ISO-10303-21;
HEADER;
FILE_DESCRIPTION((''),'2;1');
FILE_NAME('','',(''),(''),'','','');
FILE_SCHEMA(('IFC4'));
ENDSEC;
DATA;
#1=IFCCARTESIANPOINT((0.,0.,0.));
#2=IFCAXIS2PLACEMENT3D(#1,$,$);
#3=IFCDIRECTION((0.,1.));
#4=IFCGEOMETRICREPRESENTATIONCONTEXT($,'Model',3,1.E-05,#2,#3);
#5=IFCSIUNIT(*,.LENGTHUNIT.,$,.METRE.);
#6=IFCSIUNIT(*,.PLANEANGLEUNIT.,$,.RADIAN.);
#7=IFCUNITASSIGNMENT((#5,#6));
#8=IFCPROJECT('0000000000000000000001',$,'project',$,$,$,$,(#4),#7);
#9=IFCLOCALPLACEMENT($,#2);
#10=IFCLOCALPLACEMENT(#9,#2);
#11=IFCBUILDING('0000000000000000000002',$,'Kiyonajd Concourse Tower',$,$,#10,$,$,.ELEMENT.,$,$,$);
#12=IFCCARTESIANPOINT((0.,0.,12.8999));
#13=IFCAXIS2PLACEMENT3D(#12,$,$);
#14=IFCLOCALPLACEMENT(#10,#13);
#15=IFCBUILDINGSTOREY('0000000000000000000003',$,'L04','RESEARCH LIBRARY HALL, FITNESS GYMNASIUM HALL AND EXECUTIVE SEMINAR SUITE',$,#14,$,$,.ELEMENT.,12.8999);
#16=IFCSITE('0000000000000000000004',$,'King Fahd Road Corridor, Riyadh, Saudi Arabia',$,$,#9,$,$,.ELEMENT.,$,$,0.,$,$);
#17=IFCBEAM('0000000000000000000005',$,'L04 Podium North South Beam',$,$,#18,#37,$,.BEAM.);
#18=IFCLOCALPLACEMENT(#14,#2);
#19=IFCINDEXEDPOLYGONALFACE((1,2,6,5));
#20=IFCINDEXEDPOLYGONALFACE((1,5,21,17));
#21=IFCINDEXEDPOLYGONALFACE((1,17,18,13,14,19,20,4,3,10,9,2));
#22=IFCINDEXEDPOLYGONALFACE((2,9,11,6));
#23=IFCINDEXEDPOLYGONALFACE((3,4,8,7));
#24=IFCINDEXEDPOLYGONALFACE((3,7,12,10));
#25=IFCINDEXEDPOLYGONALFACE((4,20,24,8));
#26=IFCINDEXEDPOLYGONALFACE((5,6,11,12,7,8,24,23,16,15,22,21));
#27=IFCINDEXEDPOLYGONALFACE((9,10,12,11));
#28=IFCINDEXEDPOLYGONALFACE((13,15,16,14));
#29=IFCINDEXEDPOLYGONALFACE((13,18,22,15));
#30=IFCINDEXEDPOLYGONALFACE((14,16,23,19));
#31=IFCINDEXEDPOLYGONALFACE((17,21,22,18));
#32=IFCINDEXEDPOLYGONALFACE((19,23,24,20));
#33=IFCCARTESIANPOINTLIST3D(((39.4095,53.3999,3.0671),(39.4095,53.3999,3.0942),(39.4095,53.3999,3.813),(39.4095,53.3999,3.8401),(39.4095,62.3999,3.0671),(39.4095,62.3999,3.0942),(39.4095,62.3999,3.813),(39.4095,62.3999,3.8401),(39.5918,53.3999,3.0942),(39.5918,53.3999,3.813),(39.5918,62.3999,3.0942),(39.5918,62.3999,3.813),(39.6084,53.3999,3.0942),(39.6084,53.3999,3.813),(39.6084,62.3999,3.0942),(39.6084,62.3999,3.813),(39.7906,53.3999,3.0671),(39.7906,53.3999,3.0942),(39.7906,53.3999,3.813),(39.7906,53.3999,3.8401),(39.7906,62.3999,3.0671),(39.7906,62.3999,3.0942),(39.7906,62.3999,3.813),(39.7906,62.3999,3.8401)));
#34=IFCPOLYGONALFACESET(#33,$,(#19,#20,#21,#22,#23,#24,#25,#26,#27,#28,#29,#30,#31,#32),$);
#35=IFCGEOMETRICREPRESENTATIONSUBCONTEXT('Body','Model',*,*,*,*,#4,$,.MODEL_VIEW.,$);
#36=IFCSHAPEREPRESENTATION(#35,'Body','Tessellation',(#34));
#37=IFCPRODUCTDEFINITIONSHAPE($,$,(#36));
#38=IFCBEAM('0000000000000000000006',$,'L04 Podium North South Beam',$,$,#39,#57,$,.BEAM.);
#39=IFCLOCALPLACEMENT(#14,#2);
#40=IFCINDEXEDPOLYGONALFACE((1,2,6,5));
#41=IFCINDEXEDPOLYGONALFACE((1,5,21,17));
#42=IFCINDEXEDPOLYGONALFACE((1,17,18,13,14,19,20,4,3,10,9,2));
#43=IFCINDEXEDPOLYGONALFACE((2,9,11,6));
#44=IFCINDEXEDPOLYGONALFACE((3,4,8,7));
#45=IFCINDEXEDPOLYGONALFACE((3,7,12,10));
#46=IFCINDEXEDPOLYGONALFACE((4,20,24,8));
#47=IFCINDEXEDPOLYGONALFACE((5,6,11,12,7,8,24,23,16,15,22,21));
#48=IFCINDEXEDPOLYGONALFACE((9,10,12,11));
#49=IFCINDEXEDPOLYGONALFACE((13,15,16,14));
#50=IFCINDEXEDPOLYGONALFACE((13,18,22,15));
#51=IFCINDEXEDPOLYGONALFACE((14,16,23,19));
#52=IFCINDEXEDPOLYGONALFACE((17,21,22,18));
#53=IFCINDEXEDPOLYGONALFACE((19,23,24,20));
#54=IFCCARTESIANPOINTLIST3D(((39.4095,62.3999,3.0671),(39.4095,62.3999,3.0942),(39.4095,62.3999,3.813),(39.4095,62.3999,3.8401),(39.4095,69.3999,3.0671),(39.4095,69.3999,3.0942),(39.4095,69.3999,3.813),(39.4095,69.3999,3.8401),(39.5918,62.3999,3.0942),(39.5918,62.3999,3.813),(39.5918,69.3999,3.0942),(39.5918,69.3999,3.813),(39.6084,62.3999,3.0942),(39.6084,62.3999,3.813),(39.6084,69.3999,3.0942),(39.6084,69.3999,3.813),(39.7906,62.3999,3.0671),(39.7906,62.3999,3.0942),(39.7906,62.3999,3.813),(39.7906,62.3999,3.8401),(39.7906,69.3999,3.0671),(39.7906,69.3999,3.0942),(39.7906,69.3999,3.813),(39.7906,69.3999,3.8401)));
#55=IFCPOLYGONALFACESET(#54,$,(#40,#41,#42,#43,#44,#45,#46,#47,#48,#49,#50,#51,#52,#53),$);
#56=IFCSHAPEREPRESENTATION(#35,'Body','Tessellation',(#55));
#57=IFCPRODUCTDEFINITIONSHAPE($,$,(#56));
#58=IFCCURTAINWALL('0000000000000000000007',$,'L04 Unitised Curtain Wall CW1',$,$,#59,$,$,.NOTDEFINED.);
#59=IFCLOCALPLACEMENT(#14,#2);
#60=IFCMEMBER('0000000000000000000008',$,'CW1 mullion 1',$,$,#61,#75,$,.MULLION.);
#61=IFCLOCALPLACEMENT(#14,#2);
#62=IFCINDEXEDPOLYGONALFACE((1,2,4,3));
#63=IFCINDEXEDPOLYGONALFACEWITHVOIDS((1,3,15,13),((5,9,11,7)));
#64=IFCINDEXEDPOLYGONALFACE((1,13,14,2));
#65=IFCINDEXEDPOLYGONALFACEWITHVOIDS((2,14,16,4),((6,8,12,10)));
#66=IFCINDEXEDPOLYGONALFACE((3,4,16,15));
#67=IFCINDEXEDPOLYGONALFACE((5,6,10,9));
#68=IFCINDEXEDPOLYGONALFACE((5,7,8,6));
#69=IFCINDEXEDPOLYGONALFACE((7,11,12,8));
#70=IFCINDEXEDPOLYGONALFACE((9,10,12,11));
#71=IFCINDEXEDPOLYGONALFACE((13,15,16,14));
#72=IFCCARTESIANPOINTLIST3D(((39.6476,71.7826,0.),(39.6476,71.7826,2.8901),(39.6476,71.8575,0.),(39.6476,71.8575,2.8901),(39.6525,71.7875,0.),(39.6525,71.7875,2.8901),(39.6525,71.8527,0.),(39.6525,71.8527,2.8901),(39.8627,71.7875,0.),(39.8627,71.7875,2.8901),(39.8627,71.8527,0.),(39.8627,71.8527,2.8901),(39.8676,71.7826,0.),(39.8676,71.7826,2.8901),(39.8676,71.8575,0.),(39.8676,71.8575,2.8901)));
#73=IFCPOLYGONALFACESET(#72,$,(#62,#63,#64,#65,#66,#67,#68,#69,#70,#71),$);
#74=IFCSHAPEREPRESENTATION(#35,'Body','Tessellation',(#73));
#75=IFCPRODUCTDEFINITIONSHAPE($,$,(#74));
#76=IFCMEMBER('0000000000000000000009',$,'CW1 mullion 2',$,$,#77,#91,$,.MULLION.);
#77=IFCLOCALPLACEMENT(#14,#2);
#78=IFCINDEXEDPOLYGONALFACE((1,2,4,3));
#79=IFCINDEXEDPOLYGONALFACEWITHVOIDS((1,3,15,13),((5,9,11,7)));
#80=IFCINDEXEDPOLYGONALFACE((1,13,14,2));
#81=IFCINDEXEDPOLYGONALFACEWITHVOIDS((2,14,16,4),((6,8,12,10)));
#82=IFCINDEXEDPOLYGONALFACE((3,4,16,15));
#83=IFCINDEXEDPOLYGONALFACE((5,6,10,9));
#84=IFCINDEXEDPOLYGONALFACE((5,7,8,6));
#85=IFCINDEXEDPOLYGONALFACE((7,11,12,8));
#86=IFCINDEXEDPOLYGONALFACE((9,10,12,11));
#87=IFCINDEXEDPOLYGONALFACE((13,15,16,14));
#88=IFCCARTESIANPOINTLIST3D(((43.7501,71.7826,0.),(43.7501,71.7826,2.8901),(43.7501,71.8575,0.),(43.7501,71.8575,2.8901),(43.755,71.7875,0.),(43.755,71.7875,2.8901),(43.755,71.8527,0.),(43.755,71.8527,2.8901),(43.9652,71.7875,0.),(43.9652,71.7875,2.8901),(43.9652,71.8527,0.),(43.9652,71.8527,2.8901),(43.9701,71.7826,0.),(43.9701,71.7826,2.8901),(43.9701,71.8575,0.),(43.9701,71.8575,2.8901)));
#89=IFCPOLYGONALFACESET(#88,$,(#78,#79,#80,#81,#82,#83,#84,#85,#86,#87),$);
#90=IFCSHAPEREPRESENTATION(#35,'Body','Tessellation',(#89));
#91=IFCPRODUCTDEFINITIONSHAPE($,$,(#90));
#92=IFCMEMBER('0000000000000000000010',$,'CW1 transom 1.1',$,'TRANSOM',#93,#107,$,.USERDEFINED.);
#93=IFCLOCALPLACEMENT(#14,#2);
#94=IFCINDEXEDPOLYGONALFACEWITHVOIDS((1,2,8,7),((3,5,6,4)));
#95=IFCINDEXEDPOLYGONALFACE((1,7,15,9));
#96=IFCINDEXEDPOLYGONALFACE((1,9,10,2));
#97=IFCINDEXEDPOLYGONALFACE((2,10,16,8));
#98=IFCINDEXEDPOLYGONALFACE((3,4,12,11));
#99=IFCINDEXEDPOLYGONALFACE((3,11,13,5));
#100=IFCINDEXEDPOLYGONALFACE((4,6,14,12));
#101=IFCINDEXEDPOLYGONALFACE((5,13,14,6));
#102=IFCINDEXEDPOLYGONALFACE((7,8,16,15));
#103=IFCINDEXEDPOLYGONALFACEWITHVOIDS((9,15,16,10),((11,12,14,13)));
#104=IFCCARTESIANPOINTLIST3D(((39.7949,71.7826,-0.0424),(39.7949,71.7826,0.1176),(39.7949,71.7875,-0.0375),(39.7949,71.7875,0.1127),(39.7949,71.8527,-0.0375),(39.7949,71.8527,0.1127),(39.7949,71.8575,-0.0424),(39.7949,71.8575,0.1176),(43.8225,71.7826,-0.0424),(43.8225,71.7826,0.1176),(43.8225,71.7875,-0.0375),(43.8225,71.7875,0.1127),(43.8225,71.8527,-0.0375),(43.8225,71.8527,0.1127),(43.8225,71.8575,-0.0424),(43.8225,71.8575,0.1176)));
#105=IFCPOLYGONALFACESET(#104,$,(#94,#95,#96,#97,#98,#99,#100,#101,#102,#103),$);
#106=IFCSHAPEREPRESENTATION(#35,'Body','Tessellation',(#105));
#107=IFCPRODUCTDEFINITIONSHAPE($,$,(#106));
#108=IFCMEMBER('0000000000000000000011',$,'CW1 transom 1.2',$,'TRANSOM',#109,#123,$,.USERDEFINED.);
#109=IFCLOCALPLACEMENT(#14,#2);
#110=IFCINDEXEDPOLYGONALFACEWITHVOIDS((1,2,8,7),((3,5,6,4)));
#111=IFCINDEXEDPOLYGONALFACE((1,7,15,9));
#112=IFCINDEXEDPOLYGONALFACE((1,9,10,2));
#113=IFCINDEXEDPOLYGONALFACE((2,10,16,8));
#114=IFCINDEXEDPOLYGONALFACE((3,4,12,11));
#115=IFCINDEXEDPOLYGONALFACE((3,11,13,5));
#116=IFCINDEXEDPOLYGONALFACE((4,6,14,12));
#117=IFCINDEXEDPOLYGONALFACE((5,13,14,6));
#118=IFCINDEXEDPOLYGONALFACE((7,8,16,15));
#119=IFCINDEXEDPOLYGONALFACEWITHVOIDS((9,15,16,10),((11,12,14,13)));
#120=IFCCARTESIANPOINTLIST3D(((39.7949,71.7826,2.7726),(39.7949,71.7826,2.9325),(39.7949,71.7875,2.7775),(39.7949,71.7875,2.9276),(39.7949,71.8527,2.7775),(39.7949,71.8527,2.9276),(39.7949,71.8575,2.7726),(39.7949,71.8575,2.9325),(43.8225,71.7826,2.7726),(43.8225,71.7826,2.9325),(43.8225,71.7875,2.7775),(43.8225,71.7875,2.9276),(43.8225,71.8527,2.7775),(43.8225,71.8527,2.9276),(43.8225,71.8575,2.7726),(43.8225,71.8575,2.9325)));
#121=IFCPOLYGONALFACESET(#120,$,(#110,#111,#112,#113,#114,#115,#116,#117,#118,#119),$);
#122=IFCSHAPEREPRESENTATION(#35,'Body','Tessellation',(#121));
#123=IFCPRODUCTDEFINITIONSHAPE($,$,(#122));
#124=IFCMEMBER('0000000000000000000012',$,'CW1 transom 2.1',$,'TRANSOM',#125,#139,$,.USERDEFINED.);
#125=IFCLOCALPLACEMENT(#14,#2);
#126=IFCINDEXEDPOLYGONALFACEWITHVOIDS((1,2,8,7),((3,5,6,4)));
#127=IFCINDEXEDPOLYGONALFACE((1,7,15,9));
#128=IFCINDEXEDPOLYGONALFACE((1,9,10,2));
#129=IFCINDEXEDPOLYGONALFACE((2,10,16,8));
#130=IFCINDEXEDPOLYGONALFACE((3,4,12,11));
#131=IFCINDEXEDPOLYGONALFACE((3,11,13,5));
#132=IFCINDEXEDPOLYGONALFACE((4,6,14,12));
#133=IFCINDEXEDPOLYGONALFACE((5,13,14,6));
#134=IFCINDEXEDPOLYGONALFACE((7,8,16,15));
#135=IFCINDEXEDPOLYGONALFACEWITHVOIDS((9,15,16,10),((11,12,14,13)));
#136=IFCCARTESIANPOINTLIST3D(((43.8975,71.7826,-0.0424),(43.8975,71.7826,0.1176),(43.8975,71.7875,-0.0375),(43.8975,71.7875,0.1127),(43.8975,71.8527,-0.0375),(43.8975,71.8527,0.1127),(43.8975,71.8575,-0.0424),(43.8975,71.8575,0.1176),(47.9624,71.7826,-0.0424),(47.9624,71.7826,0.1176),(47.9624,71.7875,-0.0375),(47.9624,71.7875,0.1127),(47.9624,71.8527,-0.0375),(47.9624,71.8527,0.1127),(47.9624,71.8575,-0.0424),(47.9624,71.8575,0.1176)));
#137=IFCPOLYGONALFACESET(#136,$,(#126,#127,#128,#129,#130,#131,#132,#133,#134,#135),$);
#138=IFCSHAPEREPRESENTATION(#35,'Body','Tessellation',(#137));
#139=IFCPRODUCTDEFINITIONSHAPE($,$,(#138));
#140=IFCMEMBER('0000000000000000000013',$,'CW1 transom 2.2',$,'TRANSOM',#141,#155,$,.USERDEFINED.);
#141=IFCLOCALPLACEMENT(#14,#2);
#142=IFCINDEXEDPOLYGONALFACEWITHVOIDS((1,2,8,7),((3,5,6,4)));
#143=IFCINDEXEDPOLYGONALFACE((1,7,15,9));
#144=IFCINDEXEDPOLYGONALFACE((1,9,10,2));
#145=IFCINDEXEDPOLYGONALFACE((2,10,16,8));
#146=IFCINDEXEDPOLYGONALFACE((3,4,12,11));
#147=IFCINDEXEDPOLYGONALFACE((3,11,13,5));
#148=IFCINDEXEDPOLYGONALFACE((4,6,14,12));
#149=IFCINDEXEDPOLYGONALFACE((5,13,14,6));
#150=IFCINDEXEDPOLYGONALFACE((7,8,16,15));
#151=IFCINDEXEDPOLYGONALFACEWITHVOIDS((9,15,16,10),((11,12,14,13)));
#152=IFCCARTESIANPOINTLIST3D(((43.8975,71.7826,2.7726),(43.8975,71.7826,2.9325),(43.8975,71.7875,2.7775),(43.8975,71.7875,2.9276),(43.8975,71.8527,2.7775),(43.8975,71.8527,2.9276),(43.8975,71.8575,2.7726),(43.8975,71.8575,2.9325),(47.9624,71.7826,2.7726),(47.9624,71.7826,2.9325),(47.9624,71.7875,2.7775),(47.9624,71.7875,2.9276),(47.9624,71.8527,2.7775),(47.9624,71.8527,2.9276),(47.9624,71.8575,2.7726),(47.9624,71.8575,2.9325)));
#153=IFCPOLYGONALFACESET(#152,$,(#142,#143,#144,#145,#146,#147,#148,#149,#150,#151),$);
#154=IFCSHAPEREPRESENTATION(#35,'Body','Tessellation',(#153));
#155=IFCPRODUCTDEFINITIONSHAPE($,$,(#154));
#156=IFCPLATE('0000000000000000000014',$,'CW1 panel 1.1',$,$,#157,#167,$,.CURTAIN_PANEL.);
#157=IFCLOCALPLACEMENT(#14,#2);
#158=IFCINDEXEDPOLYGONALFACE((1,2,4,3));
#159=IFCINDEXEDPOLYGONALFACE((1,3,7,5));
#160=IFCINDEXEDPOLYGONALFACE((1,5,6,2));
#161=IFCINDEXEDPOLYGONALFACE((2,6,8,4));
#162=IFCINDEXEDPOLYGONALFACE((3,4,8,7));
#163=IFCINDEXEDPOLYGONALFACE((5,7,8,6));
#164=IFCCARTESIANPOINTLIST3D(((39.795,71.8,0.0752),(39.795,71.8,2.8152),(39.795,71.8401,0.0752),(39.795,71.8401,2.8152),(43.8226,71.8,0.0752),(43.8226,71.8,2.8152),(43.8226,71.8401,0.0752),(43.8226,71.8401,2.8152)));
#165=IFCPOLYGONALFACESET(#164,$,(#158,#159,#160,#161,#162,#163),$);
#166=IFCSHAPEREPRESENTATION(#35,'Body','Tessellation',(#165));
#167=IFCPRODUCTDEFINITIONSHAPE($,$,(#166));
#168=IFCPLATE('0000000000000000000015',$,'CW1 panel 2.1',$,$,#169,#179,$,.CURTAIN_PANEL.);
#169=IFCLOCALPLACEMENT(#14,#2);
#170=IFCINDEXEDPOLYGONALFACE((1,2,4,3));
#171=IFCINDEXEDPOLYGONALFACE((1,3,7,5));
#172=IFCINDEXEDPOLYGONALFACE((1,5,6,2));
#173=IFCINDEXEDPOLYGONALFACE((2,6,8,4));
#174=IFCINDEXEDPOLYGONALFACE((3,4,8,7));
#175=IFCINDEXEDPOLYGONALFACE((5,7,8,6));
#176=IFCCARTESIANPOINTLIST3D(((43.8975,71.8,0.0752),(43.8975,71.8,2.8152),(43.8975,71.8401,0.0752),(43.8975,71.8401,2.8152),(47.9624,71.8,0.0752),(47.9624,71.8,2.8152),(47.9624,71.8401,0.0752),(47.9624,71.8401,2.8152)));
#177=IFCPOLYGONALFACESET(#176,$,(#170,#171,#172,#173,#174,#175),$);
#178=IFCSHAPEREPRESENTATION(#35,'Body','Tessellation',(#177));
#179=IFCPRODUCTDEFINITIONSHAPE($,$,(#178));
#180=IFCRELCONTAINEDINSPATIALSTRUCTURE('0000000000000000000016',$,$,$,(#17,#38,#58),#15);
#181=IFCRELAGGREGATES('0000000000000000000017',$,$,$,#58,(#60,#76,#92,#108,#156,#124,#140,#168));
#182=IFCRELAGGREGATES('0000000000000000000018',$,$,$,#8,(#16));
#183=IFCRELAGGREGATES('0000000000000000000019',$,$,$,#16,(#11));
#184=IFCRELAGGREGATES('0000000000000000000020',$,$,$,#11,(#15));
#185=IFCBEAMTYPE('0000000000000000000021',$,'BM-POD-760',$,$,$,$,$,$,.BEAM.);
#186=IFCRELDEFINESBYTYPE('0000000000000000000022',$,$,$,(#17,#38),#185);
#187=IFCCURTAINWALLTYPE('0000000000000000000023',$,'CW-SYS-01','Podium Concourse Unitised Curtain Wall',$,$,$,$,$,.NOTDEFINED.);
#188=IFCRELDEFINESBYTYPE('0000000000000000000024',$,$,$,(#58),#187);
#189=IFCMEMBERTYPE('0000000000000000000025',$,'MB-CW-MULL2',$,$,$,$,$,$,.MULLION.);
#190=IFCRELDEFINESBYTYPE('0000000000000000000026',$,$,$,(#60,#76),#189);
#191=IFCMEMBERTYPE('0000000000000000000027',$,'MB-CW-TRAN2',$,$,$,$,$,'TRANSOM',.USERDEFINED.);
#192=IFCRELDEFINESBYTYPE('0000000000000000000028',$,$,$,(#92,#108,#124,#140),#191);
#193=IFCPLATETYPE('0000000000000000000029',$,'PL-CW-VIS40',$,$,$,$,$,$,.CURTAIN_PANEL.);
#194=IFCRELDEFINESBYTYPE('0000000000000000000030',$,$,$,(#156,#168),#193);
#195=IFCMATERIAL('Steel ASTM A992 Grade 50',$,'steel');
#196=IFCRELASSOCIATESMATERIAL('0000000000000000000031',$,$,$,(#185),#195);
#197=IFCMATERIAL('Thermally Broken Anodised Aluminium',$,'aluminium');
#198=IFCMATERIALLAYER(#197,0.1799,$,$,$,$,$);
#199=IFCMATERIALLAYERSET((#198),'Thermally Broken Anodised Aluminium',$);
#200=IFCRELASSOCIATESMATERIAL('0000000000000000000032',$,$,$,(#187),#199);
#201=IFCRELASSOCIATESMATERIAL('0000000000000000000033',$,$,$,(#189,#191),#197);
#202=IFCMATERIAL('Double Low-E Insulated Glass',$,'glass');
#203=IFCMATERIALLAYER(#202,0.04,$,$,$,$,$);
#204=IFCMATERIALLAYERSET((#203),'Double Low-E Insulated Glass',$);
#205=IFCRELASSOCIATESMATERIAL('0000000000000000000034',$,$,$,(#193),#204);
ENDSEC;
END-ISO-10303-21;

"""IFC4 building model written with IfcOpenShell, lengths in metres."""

from ifc_helpers import new_model, si_unit, direction, frame, origin, origin_2d, place, context, subcontext, project, spatial, rectangle, hollow_rectangle, i_section, extrude, material, layer, layer_set, material_profile, profile_set, type_object, element, aggregate, save


model = new_model("IFC4")

# Units and contexts
model_context = context("Model", 3, precision=1e-05, world=origin(), true_north=direction((0.0, 1.0)))
body_context = subcontext(model_context, "Body", "Model", "MODEL_VIEW")
ifc_project = project(units=[si_unit("LENGTHUNIT", "METRE"), si_unit("PLANEANGLEUNIT", "RADIAN")], contexts=[model_context])

# Site, building, storey
site_placement = place(None, origin())
site = spatial("IfcSite", under=ifc_project, at=site_placement, Name="King Fahd Road Corridor, Riyadh, Saudi Arabia", CompositionType="ELEMENT", RefElevation=0.0)
building_placement = place(site_placement, origin())
building = spatial("IfcBuilding", under=site, at=building_placement, Name="Kiyonajd Concourse Tower", CompositionType="ELEMENT")
storey_placement = place(building_placement, frame((0.0, 0.0, 12.8999)))
storey = spatial("IfcBuildingStorey", under=building, at=storey_placement, Name="L04", Description="RESEARCH LIBRARY HALL, FITNESS GYMNASIUM HALL AND EXECUTIVE SEMINAR SUITE", CompositionType="ELEMENT", Elevation=12.8999)

# Beams
ifc_material_1 = material(Name="Steel ASTM A992 Grade 50", Category="steel")
ifc_material_profile_1 = material_profile(ifc_material_1, i_section(OverallWidth=0.3811, OverallDepth=0.7729, WebThickness=0.0166, FlangeThickness=0.0271, at=origin_2d()), Name="W760X257")
ifc_profile_set_1 = profile_set([ifc_material_profile_1], Name="Steel ASTM A992 Grade 50")
beam_type_1 = type_object("IfcBeamType", Name="BM-POD-760", PredefinedType="BEAM", material=ifc_profile_set_1)
for number, where, z_axis, x_axis, name in (
    (1, (39.6001, 53.3999, 3.4536), (0.0, 1.0, 0.0), (-1.0, 0.0, 0.0), "L04 Podium North South Beam"),
):
    element("IfcBeam", number, at=place(storey_placement, frame(where, z_axis=z_axis, x_axis=x_axis)), inside=storey, type_object=beam_type_1, Name=name, PredefinedType="BEAM", context=body_context, shape_type="SweptSolid", body=[
        extrude(i_section(OverallWidth=0.3811, OverallDepth=0.7729, WebThickness=0.0166, FlangeThickness=0.0271, at=origin_2d()), origin(), (0.0, 0.0, 1.0), 9.0),
    ])
beam_1_placement = place(storey_placement, frame((39.6001, 62.3999, 3.4536), z_axis=(0.0, 1.0, 0.0), x_axis=(-1.0, 0.0, 0.0)))
element("IfcBeam", 2, at=beam_1_placement, inside=storey, type_object=beam_type_1, Name="L04 Podium North South Beam", PredefinedType="BEAM", context=body_context, shape_type="SweptSolid", body=[
    extrude(i_section(OverallWidth=0.3811, OverallDepth=0.7729, WebThickness=0.0166, FlangeThickness=0.0271, at=origin_2d()), origin(), (0.0, 0.0, 1.0), 7.0),
])

# Curtain wall, members, plates
ifc_material_2 = material(Name="Thermally Broken Anodised Aluminium", Category="aluminium")
ifc_layer_1 = layer(ifc_material_2, 0.1799)
ifc_layer_set_1 = layer_set([ifc_layer_1], Name="Thermally Broken Anodised Aluminium")
curtain_wall_type = type_object("IfcCurtainWallType", Name="CW-SYS-01", Description="Podium Concourse Unitised Curtain Wall", PredefinedType="NOTDEFINED", material=ifc_layer_set_1)
curtain_wall_placement = place(storey_placement, origin())
curtain_wall = element("IfcCurtainWall", 3, at=curtain_wall_placement, inside=storey, type_object=curtain_wall_type, Name="L04 Unitised Curtain Wall CW1", PredefinedType="NOTDEFINED")
ifc_material_profile_2 = material_profile(ifc_material_2, hollow_rectangle(XDim=0.075, YDim=0.22, WallThickness=0.0049, at=origin_2d()), Name="MULL-75x220")
ifc_profile_set_2 = profile_set([ifc_material_profile_2], Name="Thermally Broken Anodised Aluminium")
member_type_1 = type_object("IfcMemberType", Name="MB-CW-MULL2", PredefinedType="MULLION", material=ifc_profile_set_2)
member_1_placement = place(storey_placement, frame((39.7576, 71.8201, 0.0), z_axis=(0.0, 0.0, 1.0), x_axis=(0.0, 1.0, 0.0)))
member_1 = element("IfcMember", 4, at=member_1_placement, type_object=member_type_1, Name="CW1 mullion 1", PredefinedType="MULLION", context=body_context, shape_type="SweptSolid", body=[
    extrude(hollow_rectangle(XDim=0.075, YDim=0.22, WallThickness=0.0049, at=origin_2d()), origin(), (0.0, 0.0, 1.0), 2.8901),
])
member_2_placement = place(storey_placement, frame((43.8601, 71.8201, 0.0), z_axis=(0.0, 0.0, 1.0), x_axis=(0.0, 1.0, 0.0)))
member_2 = element("IfcMember", 5, at=member_2_placement, type_object=member_type_1, Name="CW1 mullion 2", PredefinedType="MULLION", context=body_context, shape_type="SweptSolid", body=[
    extrude(hollow_rectangle(XDim=0.075, YDim=0.22, WallThickness=0.0049, at=origin_2d()), origin(), (0.0, 0.0, 1.0), 2.8901),
])
ifc_material_profile_3 = material_profile(ifc_material_2, hollow_rectangle(XDim=0.075, YDim=0.1599, WallThickness=0.0049, at=origin_2d()), Name="TRAN-75x160")
ifc_profile_set_3 = profile_set([ifc_material_profile_3], Name="Thermally Broken Anodised Aluminium")
member_type_2 = type_object("IfcMemberType", Name="MB-CW-TRAN2", ElementType="TRANSOM", PredefinedType="USERDEFINED", material=ifc_profile_set_3)
member_3_placement = place(storey_placement, frame((39.7949, 71.8201, 0.0376), z_axis=(1.0, 0.0, 0.0), x_axis=(0.0, 1.0, 0.0)))
member_3 = element("IfcMember", 6, at=member_3_placement, type_object=member_type_2, Name="CW1 transom 1.1", ObjectType="TRANSOM", PredefinedType="USERDEFINED", context=body_context, shape_type="SweptSolid", body=[
    extrude(hollow_rectangle(XDim=0.075, YDim=0.1599, WallThickness=0.0049, at=origin_2d()), origin(), (0.0, 0.0, 1.0), 4.0276),
])
member_4_placement = place(storey_placement, frame((39.7949, 71.8201, 2.8525), z_axis=(1.0, 0.0, 0.0), x_axis=(0.0, 1.0, 0.0)))
member_4 = element("IfcMember", 7, at=member_4_placement, type_object=member_type_2, Name="CW1 transom 1.2", ObjectType="TRANSOM", PredefinedType="USERDEFINED", context=body_context, shape_type="SweptSolid", body=[
    extrude(hollow_rectangle(XDim=0.075, YDim=0.1599, WallThickness=0.0049, at=origin_2d()), origin(), (0.0, 0.0, 1.0), 4.0276),
])
member_5_placement = place(storey_placement, frame((43.8975, 71.8201, 0.0376), z_axis=(1.0, 0.0, 0.0), x_axis=(0.0, 1.0, 0.0)))
member_5 = element("IfcMember", 8, at=member_5_placement, type_object=member_type_2, Name="CW1 transom 2.1", ObjectType="TRANSOM", PredefinedType="USERDEFINED", context=body_context, shape_type="SweptSolid", body=[
    extrude(hollow_rectangle(XDim=0.075, YDim=0.1599, WallThickness=0.0049, at=origin_2d()), origin(), (0.0, 0.0, 1.0), 4.0649),
])
member_6_placement = place(storey_placement, frame((43.8975, 71.8201, 2.8525), z_axis=(1.0, 0.0, 0.0), x_axis=(0.0, 1.0, 0.0)))
member_6 = element("IfcMember", 9, at=member_6_placement, type_object=member_type_2, Name="CW1 transom 2.2", ObjectType="TRANSOM", PredefinedType="USERDEFINED", context=body_context, shape_type="SweptSolid", body=[
    extrude(hollow_rectangle(XDim=0.075, YDim=0.1599, WallThickness=0.0049, at=origin_2d()), origin(), (0.0, 0.0, 1.0), 4.0649),
])
ifc_material_3 = material(Name="Double Low-E Insulated Glass", Category="glass")
ifc_layer_2 = layer(ifc_material_3, 0.04)
ifc_layer_set_2 = layer_set([ifc_layer_2], Name="Double Low-E Insulated Glass")
plate_type = type_object("IfcPlateType", Name="PL-CW-VIS40", PredefinedType="CURTAIN_PANEL", material=ifc_layer_set_2)
plate_1_placement = place(storey_placement, frame((41.8088, 71.8201, 0.0752), z_axis=(0.0, 0.0, 1.0), x_axis=(1.0, 0.0, 0.0)))
plate_1 = element("IfcPlate", 10, at=plate_1_placement, type_object=plate_type, Name="CW1 panel 1.1", PredefinedType="CURTAIN_PANEL", context=body_context, shape_type="SweptSolid", body=[
    extrude(rectangle(XDim=4.0276, YDim=0.04, at=origin_2d()), origin(), (0.0, 0.0, 1.0), 2.74),
])
plate_2_placement = place(storey_placement, frame((45.9299, 71.8201, 0.0752), z_axis=(0.0, 0.0, 1.0), x_axis=(1.0, 0.0, 0.0)))
plate_2 = element("IfcPlate", 11, at=plate_2_placement, type_object=plate_type, Name="CW1 panel 2.1", PredefinedType="CURTAIN_PANEL", context=body_context, shape_type="SweptSolid", body=[
    extrude(rectangle(XDim=4.0649, YDim=0.04, at=origin_2d()), origin(), (0.0, 0.0, 1.0), 2.74),
])
aggregate(curtain_wall, [member_1, member_2, member_3, member_4, plate_1, member_5, member_6, plate_2])

save(model, "model.ifc")
